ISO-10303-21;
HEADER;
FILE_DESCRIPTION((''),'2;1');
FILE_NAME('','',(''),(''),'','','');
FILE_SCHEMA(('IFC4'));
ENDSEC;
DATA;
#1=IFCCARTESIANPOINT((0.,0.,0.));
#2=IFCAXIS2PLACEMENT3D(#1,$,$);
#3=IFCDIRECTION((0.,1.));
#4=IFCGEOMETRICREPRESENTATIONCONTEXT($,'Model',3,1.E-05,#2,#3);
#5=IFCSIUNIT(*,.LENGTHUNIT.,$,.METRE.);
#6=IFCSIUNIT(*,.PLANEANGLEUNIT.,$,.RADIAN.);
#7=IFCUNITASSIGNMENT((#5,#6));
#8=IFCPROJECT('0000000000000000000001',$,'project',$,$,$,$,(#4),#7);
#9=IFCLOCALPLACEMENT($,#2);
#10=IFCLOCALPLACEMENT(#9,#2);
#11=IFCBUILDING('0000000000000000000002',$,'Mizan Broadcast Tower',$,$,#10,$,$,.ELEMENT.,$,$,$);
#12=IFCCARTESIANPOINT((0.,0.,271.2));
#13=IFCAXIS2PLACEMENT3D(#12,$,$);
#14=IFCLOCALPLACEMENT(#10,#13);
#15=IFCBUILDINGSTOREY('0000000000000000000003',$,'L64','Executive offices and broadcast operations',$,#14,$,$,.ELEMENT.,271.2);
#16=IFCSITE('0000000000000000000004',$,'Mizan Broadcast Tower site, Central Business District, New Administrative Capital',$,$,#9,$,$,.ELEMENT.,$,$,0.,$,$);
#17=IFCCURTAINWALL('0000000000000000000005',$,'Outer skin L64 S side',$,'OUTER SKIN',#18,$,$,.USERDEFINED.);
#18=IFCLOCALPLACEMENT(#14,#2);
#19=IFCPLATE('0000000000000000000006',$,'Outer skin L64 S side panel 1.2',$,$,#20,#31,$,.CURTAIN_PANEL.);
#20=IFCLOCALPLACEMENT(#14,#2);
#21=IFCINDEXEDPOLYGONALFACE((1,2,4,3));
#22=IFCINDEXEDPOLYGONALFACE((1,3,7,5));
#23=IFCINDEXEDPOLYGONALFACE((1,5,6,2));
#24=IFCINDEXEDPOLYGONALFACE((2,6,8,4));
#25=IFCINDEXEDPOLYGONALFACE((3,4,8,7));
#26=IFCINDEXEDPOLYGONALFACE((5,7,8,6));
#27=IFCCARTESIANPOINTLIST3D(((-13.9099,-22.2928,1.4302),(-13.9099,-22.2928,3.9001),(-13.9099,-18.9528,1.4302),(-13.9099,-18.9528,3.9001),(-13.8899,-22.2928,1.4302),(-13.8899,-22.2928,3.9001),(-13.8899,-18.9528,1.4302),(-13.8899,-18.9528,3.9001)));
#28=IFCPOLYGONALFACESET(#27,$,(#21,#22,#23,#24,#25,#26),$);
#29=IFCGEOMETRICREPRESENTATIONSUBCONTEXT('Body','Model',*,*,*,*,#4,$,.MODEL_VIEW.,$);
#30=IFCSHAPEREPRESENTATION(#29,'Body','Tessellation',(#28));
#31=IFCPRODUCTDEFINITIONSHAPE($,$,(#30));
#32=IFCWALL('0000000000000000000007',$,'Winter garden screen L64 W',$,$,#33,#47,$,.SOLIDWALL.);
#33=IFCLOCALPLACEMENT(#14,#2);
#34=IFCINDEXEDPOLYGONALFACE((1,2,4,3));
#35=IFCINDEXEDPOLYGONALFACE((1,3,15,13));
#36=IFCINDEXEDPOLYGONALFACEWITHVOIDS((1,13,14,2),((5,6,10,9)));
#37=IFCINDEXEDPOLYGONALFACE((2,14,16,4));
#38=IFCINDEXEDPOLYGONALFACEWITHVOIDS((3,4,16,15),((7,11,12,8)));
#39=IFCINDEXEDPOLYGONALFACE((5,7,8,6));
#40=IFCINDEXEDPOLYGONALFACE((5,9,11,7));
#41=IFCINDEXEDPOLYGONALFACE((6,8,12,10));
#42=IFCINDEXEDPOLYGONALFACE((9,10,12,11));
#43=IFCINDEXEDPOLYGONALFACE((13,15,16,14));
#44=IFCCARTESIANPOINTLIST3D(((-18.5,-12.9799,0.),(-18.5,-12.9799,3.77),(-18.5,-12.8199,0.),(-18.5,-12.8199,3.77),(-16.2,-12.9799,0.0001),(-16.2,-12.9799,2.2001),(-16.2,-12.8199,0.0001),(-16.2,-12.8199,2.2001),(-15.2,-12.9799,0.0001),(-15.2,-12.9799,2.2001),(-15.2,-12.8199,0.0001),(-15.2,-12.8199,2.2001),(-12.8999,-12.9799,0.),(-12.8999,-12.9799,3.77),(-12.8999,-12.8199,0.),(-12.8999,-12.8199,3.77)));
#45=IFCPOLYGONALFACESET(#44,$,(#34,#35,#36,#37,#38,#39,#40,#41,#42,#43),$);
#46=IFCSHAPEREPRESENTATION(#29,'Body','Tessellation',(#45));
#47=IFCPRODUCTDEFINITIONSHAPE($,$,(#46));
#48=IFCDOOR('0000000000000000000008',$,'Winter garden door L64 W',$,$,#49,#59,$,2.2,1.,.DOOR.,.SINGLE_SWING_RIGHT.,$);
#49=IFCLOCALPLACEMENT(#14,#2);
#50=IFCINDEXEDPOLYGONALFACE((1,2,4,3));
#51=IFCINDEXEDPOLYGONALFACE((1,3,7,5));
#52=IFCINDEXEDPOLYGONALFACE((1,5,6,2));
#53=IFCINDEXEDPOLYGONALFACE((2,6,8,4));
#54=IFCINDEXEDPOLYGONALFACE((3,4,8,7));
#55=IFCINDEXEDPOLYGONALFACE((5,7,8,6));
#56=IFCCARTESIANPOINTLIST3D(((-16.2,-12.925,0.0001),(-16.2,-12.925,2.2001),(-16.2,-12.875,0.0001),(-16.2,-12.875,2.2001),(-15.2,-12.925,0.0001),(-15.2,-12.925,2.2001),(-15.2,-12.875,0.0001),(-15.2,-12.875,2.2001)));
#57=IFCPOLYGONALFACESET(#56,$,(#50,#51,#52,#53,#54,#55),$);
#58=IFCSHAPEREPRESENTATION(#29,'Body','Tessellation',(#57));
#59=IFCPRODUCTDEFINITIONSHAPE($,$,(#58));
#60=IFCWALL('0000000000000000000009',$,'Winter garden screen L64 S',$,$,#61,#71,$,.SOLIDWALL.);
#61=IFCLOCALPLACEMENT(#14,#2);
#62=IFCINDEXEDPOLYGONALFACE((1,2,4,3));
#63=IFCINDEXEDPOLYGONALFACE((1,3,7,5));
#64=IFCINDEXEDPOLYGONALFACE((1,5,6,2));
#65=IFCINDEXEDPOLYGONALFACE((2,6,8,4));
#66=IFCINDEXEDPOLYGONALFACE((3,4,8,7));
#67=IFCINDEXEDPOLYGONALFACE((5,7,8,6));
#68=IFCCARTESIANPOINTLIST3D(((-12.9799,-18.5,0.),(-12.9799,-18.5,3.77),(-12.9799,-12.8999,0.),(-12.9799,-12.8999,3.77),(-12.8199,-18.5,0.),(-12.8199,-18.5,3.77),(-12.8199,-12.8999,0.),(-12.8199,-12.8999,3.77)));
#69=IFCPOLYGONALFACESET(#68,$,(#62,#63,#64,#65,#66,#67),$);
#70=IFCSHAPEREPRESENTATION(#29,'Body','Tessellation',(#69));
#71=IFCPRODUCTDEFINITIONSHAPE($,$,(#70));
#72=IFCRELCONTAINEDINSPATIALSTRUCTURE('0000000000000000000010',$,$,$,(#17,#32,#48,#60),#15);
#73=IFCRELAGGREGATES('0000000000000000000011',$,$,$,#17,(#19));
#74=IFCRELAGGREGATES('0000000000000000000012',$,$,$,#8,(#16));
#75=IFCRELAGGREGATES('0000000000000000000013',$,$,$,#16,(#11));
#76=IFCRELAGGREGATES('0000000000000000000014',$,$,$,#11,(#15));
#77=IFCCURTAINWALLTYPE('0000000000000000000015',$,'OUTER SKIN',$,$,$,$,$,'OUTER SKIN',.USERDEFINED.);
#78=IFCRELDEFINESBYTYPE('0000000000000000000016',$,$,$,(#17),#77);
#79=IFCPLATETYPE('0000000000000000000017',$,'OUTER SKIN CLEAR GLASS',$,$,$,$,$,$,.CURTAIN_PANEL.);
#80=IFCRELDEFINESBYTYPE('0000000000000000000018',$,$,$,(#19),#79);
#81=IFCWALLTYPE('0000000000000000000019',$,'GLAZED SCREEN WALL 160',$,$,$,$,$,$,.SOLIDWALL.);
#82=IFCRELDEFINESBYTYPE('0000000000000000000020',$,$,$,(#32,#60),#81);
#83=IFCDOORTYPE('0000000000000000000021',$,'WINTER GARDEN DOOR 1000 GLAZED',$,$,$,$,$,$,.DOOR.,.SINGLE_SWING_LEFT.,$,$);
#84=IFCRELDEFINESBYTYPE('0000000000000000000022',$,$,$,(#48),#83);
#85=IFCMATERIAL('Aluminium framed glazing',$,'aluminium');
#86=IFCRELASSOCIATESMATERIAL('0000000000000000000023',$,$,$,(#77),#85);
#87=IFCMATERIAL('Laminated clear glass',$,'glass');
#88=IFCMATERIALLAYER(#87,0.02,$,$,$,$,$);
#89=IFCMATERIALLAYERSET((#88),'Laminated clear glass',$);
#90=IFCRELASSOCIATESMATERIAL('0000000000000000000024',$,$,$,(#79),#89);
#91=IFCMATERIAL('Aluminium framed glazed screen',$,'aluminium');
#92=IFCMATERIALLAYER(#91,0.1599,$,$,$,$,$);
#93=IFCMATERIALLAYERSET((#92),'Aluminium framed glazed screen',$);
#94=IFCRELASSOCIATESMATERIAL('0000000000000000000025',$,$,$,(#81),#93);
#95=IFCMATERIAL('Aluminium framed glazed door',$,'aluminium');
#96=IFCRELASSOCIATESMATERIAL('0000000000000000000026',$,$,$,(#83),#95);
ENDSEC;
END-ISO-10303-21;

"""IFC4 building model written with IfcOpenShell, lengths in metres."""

from ifc_helpers import new_model, si_unit, direction, frame, frame_2d, origin, origin_2d, place, context, subcontext, project, spatial, rectangle, extrude, material, layer, layer_set, type_object, element, fill, aggregate, save


model = new_model("IFC4")

# Units and contexts
model_context = context("Model", 3, precision=1e-05, world=origin(), true_north=direction((0.0, 1.0)))
body_context = subcontext(model_context, "Body", "Model", "MODEL_VIEW")
ifc_project = project(units=[si_unit("LENGTHUNIT", "METRE"), si_unit("PLANEANGLEUNIT", "RADIAN")], contexts=[model_context])

# Site, building, storey
site_placement = place(None, origin())
site = spatial("IfcSite", under=ifc_project, at=site_placement, Name="Mizan Broadcast Tower site, Central Business District, New Administrative Capital", CompositionType="ELEMENT", RefElevation=0.0)
building_placement = place(site_placement, origin())
building = spatial("IfcBuilding", under=site, at=building_placement, Name="Mizan Broadcast Tower", CompositionType="ELEMENT")
storey_placement = place(building_placement, frame((0.0, 0.0, 271.2)))
storey = spatial("IfcBuildingStorey", under=building, at=storey_placement, Name="L64", Description="Executive offices and broadcast operations", CompositionType="ELEMENT", Elevation=271.2)

# Curtain wall
ifc_material_1 = material(Name="Aluminium framed glazing", Category="aluminium")
curtain_wall_type_1 = type_object("IfcCurtainWallType", Name="OUTER SKIN", ElementType="OUTER SKIN", PredefinedType="USERDEFINED", material=ifc_material_1)
curtain_wall_1_placement = place(storey_placement, origin())
curtain_wall_1 = element("IfcCurtainWall", 1, at=curtain_wall_1_placement, inside=storey, type_object=curtain_wall_type_1, Name="Outer skin L64 S side", ObjectType="OUTER SKIN", PredefinedType="USERDEFINED")

# Plate
ifc_material_2 = material(Name="Laminated clear glass", Category="glass")
ifc_layer_1 = layer(ifc_material_2, 0.02)
ifc_layer_set_1 = layer_set([ifc_layer_1], Name="Laminated clear glass")
plate_type_1 = type_object("IfcPlateType", Name="OUTER SKIN CLEAR GLASS", PredefinedType="CURTAIN_PANEL", material=ifc_layer_set_1)
plate_1_placement = place(storey_placement, frame((-13.8999, -20.6228, 1.4302), z_axis=(0.0, 0.0, 1.0), x_axis=(0.0, -1.0, 0.0)))
plate_1 = element("IfcPlate", 2, at=plate_1_placement, type_object=plate_type_1, Name="Outer skin L64 S side panel 1.2", PredefinedType="CURTAIN_PANEL", context=body_context, shape_type="SweptSolid", body=[
    extrude(rectangle(XDim=3.3401, YDim=0.02, at=origin_2d()), origin(), (0.0, 0.0, 1.0), 2.47),
])
aggregate(curtain_wall_1, [plate_1])

# Wall, opening, door
ifc_material_3 = material(Name="Aluminium framed glazed screen", Category="aluminium")
ifc_layer_2 = layer(ifc_material_3, 0.1599)
ifc_layer_set_2 = layer_set([ifc_layer_2], Name="Aluminium framed glazed screen")
wall_type = type_object("IfcWallType", Name="GLAZED SCREEN WALL 160", PredefinedType="SOLIDWALL", material=ifc_layer_set_2)
wall_1_placement = place(storey_placement, frame((-18.5, -12.8999, 0.0), z_axis=(0.0, 0.0, 1.0), x_axis=(1.0, 0.0, 0.0)))
wall_1 = element("IfcWall", 3, at=wall_1_placement, inside=storey, type_object=wall_type, Name="Winter garden screen L64 W", PredefinedType="SOLIDWALL", context=body_context, shape_type="SweptSolid", body=[
    extrude(rectangle(XDim=5.6001, YDim=0.1599, at=frame_2d((2.8, 0.0))), origin(), (0.0, 0.0, 1.0), 3.77),
])
opening_placement = place(wall_1_placement, frame((2.3, 0.0, 0.0)))
opening = element("IfcOpeningElement", 4, at=opening_placement, cuts=wall_1, PredefinedType="OPENING", context=body_context, shape_type="SweptSolid", body=[
    extrude(rectangle(XDim=1.0, YDim=2.2, at=frame_2d((0.5, 1.1001))), frame((0.0, 0.0898, 0.0), z_axis=(0.0, -1.0, 0.0), x_axis=(1.0, 0.0, 0.0)), (0.0, 0.0, 1.0), 0.1799),
])
ifc_material_4 = material(Name="Aluminium framed glazed door", Category="aluminium")
door_type = type_object("IfcDoorType", Name="WINTER GARDEN DOOR 1000 GLAZED", OperationType="SINGLE_SWING_LEFT", PredefinedType="DOOR", material=ifc_material_4)
door_placement = place(opening_placement, origin())
door = element("IfcDoor", 5, at=door_placement, inside=storey, type_object=door_type, Name="Winter garden door L64 W", OperationType="SINGLE_SWING_RIGHT", OverallHeight=2.2, OverallWidth=1.0, PredefinedType="DOOR", context=body_context, shape_type="SweptSolid", body=[
    extrude(rectangle(XDim=1.0, YDim=2.2, at=frame_2d((0.5, 1.1001))), frame((0.0, 0.0249, 0.0), z_axis=(0.0, -1.0, 0.0), x_axis=(1.0, 0.0, 0.0)), (0.0, 0.0, 1.0), 0.05),
])
fill(opening, door)

# Wall
wall_2_placement = place(storey_placement, frame((-12.8999, -12.8999, 0.0), z_axis=(0.0, 0.0, 1.0), x_axis=(0.0, -1.0, 0.0)))
element("IfcWall", 6, at=wall_2_placement, inside=storey, type_object=wall_type, Name="Winter garden screen L64 S", PredefinedType="SOLIDWALL", context=body_context, shape_type="SweptSolid", body=[
    extrude(rectangle(XDim=5.6001, YDim=0.1599, at=frame_2d((2.8, 0.0))), origin(), (0.0, 0.0, 1.0), 3.77),
])

save(model, "model.ifc")
